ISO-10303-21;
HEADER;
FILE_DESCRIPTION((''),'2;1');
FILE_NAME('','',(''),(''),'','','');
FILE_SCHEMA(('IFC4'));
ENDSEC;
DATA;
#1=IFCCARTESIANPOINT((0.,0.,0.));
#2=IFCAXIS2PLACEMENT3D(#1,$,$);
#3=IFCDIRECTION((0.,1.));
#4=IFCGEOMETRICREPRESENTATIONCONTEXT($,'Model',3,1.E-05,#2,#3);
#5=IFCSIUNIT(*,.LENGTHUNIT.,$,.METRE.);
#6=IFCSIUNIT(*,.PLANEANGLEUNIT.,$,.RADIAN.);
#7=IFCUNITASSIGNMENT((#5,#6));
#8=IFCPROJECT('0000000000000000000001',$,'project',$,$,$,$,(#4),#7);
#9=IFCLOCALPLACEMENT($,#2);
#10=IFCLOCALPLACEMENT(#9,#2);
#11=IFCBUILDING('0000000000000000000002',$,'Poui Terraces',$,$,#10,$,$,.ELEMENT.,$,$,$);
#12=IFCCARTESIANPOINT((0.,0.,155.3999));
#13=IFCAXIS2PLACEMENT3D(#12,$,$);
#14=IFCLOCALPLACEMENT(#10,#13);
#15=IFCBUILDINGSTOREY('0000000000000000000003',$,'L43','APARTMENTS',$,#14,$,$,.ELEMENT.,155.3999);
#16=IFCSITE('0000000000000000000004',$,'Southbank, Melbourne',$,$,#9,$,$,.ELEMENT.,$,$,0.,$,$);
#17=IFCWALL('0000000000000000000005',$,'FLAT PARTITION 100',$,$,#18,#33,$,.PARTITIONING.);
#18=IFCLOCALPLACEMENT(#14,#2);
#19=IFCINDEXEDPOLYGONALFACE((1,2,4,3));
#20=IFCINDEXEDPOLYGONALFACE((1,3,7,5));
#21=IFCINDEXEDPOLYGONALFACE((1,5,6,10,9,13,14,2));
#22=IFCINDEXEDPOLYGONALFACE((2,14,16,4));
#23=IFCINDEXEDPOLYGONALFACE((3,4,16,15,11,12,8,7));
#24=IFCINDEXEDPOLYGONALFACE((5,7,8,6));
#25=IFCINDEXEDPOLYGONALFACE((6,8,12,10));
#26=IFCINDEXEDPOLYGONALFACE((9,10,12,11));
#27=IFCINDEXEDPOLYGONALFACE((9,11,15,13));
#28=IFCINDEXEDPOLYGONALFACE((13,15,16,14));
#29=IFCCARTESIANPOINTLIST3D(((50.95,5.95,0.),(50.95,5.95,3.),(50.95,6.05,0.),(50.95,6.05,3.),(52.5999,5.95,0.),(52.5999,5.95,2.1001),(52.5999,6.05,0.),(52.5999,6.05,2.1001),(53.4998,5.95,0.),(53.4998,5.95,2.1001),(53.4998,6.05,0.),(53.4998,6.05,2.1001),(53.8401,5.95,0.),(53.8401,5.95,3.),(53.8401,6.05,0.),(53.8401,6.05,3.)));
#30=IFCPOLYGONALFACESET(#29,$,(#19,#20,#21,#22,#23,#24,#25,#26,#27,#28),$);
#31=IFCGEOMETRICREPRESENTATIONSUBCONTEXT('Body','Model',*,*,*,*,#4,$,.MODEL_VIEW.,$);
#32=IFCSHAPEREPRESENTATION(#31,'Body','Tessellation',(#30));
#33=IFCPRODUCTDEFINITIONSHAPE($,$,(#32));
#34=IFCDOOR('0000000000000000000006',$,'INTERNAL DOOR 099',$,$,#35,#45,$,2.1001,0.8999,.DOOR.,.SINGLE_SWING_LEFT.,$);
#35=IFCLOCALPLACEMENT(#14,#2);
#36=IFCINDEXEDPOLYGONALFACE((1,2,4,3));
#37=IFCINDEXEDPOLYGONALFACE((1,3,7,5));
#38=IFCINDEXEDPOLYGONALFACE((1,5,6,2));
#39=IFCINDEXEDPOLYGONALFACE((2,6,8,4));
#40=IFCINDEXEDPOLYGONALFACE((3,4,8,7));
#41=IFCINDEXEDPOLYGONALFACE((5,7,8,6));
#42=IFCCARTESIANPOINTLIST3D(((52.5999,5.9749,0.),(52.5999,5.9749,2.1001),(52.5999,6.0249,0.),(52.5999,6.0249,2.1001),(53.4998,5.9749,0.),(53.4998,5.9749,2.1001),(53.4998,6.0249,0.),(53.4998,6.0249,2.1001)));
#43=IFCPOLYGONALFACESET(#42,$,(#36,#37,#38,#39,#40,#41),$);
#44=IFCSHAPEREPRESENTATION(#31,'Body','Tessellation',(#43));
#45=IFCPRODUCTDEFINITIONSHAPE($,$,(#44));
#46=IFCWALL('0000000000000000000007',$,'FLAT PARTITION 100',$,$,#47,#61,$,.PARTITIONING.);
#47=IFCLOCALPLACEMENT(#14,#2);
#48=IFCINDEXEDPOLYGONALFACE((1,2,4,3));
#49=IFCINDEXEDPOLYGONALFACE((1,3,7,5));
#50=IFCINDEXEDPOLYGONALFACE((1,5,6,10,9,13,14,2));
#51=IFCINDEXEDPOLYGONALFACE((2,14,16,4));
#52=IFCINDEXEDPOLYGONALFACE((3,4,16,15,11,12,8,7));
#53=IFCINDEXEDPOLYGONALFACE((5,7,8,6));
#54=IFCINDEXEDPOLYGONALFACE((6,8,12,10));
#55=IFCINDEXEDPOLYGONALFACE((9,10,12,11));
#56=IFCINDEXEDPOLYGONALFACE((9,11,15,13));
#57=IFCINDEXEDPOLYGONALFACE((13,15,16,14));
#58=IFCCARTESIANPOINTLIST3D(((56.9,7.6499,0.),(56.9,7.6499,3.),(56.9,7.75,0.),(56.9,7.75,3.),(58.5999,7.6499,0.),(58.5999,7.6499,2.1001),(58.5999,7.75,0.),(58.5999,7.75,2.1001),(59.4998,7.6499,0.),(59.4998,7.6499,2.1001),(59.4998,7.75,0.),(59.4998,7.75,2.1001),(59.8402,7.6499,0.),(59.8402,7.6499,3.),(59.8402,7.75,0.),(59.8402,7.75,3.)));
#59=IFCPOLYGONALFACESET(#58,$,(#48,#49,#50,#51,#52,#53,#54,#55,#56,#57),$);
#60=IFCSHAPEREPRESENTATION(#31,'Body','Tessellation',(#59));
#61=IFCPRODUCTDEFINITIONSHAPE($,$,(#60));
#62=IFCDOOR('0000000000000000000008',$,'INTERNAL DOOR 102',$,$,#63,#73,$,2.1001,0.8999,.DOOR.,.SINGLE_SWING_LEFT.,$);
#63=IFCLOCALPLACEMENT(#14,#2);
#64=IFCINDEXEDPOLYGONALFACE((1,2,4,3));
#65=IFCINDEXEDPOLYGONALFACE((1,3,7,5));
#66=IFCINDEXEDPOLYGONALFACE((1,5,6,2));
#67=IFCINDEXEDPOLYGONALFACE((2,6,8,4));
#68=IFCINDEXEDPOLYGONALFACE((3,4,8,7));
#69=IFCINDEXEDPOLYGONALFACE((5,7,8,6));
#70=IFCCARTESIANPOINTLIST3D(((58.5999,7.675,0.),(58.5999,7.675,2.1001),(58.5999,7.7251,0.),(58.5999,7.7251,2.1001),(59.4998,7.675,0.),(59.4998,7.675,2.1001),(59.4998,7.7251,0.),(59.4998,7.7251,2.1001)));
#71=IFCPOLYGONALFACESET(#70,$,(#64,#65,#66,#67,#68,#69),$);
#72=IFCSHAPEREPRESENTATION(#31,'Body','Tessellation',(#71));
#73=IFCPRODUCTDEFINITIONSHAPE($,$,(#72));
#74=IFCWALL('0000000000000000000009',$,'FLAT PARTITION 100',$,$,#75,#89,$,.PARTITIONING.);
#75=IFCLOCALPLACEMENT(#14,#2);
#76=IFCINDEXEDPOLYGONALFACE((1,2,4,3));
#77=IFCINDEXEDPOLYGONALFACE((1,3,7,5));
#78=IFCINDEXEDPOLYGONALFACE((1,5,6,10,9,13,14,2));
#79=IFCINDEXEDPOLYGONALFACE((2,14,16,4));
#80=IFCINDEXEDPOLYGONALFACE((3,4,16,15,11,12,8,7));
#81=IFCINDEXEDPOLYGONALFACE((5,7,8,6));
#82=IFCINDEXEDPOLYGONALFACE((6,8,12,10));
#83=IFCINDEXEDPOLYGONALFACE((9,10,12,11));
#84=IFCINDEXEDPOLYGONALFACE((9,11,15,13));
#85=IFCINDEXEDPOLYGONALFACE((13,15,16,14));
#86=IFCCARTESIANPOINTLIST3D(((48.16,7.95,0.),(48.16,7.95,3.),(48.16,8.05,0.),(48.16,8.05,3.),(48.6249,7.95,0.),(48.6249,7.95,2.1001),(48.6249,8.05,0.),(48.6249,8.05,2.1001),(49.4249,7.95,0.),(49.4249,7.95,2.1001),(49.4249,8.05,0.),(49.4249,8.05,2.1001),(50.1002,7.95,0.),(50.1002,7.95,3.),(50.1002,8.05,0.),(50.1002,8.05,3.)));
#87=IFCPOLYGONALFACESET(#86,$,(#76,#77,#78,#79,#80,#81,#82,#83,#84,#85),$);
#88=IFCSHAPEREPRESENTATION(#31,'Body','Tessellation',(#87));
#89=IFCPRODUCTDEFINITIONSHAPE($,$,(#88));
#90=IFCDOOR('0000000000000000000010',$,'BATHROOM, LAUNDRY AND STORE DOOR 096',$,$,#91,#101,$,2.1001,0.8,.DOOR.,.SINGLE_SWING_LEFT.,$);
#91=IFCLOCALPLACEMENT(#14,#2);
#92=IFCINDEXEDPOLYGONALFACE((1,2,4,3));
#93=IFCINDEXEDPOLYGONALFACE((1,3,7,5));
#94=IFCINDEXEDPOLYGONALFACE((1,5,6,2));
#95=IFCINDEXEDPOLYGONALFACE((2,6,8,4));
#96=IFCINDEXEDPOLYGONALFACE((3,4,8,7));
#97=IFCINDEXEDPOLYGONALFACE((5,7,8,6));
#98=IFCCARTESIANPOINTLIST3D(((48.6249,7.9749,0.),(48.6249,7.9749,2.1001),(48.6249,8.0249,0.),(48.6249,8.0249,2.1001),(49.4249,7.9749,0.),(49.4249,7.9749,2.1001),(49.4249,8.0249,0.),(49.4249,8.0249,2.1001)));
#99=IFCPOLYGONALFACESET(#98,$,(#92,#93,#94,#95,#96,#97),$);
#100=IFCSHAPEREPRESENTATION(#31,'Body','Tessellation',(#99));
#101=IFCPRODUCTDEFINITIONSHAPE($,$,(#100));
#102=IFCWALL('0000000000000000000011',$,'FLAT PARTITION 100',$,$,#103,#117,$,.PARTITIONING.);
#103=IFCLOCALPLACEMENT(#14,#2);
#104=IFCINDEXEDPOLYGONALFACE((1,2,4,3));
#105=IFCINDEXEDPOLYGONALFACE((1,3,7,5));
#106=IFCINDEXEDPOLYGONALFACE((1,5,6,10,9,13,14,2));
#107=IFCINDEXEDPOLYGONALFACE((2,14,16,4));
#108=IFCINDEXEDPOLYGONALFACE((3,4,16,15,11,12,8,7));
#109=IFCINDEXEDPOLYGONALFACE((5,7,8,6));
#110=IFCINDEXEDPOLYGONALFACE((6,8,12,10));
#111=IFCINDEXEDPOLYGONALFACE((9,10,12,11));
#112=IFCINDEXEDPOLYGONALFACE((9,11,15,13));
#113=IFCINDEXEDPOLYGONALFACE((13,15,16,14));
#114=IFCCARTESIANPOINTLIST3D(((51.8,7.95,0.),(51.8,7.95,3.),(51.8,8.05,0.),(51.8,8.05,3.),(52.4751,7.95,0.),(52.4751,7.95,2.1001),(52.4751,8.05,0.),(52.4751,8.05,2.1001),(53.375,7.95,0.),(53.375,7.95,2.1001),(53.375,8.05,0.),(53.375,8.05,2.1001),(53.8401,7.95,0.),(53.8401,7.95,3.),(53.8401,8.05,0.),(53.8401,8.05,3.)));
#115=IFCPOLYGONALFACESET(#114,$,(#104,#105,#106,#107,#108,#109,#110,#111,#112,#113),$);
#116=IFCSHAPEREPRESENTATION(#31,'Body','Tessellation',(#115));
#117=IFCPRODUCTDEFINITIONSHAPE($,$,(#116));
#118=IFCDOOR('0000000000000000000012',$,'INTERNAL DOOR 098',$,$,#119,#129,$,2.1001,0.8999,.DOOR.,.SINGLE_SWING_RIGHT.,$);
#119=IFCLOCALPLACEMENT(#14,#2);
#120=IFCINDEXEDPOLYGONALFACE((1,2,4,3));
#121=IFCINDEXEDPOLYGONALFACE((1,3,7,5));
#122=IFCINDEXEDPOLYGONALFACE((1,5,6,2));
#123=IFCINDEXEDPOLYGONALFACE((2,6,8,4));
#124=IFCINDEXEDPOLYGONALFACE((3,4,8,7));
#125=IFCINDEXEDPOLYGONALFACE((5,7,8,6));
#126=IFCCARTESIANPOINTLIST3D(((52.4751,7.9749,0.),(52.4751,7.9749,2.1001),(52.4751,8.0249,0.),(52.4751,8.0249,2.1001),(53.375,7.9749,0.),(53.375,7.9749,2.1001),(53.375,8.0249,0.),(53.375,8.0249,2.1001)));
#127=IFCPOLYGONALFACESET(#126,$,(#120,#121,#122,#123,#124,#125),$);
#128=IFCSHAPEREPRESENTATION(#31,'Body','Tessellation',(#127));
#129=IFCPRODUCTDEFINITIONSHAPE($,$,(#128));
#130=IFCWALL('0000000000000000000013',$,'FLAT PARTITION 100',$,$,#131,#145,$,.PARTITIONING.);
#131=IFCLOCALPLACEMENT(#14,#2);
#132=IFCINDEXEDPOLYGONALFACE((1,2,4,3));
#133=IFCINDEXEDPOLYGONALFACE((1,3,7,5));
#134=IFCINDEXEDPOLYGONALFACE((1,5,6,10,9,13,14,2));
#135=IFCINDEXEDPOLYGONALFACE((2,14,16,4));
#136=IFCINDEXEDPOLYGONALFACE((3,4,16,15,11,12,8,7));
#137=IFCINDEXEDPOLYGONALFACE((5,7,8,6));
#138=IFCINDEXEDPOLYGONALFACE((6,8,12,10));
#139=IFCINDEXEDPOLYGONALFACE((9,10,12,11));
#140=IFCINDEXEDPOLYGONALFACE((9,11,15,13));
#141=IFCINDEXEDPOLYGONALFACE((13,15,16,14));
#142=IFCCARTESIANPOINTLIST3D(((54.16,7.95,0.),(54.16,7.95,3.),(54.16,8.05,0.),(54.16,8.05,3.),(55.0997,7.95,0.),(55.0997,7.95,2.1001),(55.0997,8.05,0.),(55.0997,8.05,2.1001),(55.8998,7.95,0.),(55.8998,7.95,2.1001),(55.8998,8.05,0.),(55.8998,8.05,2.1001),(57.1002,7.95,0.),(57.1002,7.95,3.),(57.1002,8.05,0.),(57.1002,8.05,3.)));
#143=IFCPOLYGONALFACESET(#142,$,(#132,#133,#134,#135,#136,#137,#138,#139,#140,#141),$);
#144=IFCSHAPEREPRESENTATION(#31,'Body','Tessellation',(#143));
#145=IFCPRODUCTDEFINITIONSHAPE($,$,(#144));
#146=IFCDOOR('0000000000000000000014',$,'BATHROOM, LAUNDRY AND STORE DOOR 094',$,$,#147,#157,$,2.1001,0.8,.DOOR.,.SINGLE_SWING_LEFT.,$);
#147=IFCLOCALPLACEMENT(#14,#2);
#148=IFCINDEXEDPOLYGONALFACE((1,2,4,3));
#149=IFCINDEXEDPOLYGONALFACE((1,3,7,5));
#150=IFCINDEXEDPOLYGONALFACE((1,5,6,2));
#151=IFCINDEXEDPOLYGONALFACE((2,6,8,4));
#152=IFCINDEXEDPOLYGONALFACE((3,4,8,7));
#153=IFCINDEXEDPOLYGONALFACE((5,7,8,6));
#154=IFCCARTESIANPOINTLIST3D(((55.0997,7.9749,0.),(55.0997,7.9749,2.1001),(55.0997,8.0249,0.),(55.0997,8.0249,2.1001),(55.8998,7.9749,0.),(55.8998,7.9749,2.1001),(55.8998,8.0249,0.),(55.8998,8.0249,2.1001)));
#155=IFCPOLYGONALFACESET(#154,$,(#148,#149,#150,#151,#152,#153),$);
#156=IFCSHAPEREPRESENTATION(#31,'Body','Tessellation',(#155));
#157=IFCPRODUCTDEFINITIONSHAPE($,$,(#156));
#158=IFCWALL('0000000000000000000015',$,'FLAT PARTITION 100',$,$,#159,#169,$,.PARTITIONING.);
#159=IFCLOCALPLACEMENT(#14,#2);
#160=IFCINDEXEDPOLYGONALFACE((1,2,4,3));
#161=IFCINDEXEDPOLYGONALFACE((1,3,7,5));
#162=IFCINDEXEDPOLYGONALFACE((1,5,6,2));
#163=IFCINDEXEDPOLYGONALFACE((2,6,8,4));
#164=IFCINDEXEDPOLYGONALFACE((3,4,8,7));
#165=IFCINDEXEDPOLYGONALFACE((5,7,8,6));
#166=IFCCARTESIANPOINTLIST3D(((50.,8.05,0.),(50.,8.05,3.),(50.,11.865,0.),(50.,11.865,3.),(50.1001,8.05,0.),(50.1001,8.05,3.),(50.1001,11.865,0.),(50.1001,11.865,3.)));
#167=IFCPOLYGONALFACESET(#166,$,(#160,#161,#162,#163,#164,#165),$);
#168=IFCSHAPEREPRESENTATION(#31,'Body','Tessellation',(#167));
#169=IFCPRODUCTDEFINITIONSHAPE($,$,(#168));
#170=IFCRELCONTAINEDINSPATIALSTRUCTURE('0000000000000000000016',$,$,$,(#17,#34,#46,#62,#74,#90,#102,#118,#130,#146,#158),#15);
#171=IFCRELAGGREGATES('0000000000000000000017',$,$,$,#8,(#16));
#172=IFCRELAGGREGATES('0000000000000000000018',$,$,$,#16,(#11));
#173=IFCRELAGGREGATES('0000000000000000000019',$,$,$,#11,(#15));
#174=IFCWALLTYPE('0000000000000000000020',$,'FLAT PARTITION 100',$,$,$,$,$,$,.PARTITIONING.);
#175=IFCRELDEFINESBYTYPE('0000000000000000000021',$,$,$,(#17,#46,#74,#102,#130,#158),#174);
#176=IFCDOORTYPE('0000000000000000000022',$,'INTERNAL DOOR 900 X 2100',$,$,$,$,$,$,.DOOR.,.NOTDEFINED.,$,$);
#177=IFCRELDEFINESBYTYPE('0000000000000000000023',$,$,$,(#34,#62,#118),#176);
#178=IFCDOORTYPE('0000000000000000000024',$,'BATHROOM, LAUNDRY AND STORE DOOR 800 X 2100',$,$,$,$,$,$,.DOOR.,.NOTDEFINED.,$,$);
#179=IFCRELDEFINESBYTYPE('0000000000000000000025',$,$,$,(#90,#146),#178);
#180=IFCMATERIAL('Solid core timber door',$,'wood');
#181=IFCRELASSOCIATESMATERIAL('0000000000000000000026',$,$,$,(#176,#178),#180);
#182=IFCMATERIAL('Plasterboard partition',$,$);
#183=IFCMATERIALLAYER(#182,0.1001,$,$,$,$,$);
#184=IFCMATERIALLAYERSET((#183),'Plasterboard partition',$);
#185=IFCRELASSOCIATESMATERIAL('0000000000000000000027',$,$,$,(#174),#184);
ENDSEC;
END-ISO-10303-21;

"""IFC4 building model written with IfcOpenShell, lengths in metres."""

from ifc_helpers import new_model, si_unit, direction, frame, frame_2d, origin, place, context, subcontext, project, spatial, rectangle, extrude, material, layer, layer_set, type_object, element, fill, save


model = new_model("IFC4")

# Units and contexts
model_context = context("Model", 3, precision=1e-05, world=origin(), true_north=direction((0.0, 1.0)))
body_context = subcontext(model_context, "Body", "Model", "MODEL_VIEW")
ifc_project = project(units=[si_unit("LENGTHUNIT", "METRE"), si_unit("PLANEANGLEUNIT", "RADIAN")], contexts=[model_context])

# Site, building, storey
site_placement = place(None, origin())
site = spatial("IfcSite", under=ifc_project, at=site_placement, Name="Southbank, Melbourne", CompositionType="ELEMENT", RefElevation=0.0)
building_placement = place(site_placement, origin())
building = spatial("IfcBuilding", under=site, at=building_placement, Name="Poui Terraces", CompositionType="ELEMENT")
storey_placement = place(building_placement, frame((0.0, 0.0, 155.3999)))
storey = spatial("IfcBuildingStorey", under=building, at=storey_placement, Name="L43", Description="APARTMENTS", CompositionType="ELEMENT", Elevation=155.3999)

# Walls, openings, doors
ifc_material_1 = material(Name="Solid core timber door", Category="wood")
door_type_1 = type_object("IfcDoorType", Name="INTERNAL DOOR 900 X 2100", OperationType="NOTDEFINED", PredefinedType="DOOR", material=ifc_material_1)
ifc_material_2 = material(Name="Plasterboard partition")
ifc_layer_1 = layer(ifc_material_2, 0.1001)
ifc_layer_set_1 = layer_set([ifc_layer_1], Name="Plasterboard partition")
wall_type_1 = type_object("IfcWallType", Name="FLAT PARTITION 100", PredefinedType="PARTITIONING", material=ifc_layer_set_1)
wall_1_placement = place(storey_placement, frame((50.95, 6.0, 0.0), z_axis=(0.0, 0.0, 1.0), x_axis=(1.0, 0.0, 0.0)))
wall_1 = element("IfcWall", 1, at=wall_1_placement, inside=storey, type_object=wall_type_1, Name="FLAT PARTITION 100", PredefinedType="PARTITIONING", context=body_context, shape_type="SweptSolid", body=[
    extrude(rectangle(XDim=2.8901, YDim=0.1001, at=frame_2d((1.4451, 0.0))), origin(), (0.0, 0.0, 1.0), 3.0),
])
opening_1_placement = place(wall_1_placement, frame((1.6499, 0.0, 0.0)))
opening_1 = element("IfcOpeningElement", 2, at=opening_1_placement, cuts=wall_1, PredefinedType="OPENING", context=body_context, shape_type="SweptSolid", body=[
    extrude(rectangle(XDim=0.8999, YDim=2.1001, at=frame_2d((0.45, 1.05))), frame((0.0, 0.0601, 0.0), z_axis=(0.0, -1.0, 0.0), x_axis=(1.0, 0.0, 0.0)), (0.0, 0.0, 1.0), 0.1201),
])
door_1_placement = place(opening_1_placement, origin())
door_1 = element("IfcDoor", 3, at=door_1_placement, inside=storey, type_object=door_type_1, Name="INTERNAL DOOR 099", OperationType="SINGLE_SWING_LEFT", OverallHeight=2.1001, OverallWidth=0.8999, PredefinedType="DOOR", context=body_context, shape_type="SweptSolid", body=[
    extrude(rectangle(XDim=0.8999, YDim=2.1001, at=frame_2d((0.45, 1.05))), frame((0.0, 0.0249, 0.0), z_axis=(0.0, -1.0, 0.0), x_axis=(1.0, 0.0, 0.0)), (0.0, 0.0, 1.0), 0.05),
])
fill(opening_1, door_1)
wall_2_placement = place(storey_placement, frame((56.8999, 7.7, 0.0), z_axis=(0.0, 0.0, 1.0), x_axis=(1.0, 0.0, 0.0)))
wall_2 = element("IfcWall", 4, at=wall_2_placement, inside=storey, type_object=wall_type_1, Name="FLAT PARTITION 100", PredefinedType="PARTITIONING", context=body_context, shape_type="SweptSolid", body=[
    extrude(rectangle(XDim=2.9402, YDim=0.1001, at=frame_2d((1.4702, 0.0))), origin(), (0.0, 0.0, 1.0), 3.0),
])
opening_2_placement = place(wall_2_placement, frame((1.7, 0.0, 0.0)))
opening_2 = element("IfcOpeningElement", 5, at=opening_2_placement, cuts=wall_2, PredefinedType="OPENING", context=body_context, shape_type="SweptSolid", body=[
    extrude(rectangle(XDim=0.8999, YDim=2.1001, at=frame_2d((0.45, 1.05))), frame((0.0, 0.0601, 0.0), z_axis=(0.0, -1.0, 0.0), x_axis=(1.0, 0.0, 0.0)), (0.0, 0.0, 1.0), 0.1201),
])
door_2_placement = place(opening_2_placement, frame((0.8999, 0.0, 0.0), z_axis=(0.0, 0.0, 1.0), x_axis=(-1.0, 0.0, 0.0)))
door_2 = element("IfcDoor", 6, at=door_2_placement, inside=storey, type_object=door_type_1, Name="INTERNAL DOOR 102", OperationType="SINGLE_SWING_LEFT", OverallHeight=2.1001, OverallWidth=0.8999, PredefinedType="DOOR", context=body_context, shape_type="SweptSolid", body=[
    extrude(rectangle(XDim=0.8999, YDim=2.1001, at=frame_2d((0.45, 1.05))), frame((0.0, 0.0249, 0.0), z_axis=(0.0, -1.0, 0.0), x_axis=(1.0, 0.0, 0.0)), (0.0, 0.0, 1.0), 0.05),
])
fill(opening_2, door_2)
wall_3_placement = place(storey_placement, frame((48.1599, 8.0, 0.0), z_axis=(0.0, 0.0, 1.0), x_axis=(1.0, 0.0, 0.0)))
wall_3 = element("IfcWall", 7, at=wall_3_placement, inside=storey, type_object=wall_type_1, Name="FLAT PARTITION 100", PredefinedType="PARTITIONING", context=body_context, shape_type="SweptSolid", body=[
    extrude(rectangle(XDim=1.9402, YDim=0.1001, at=frame_2d((0.9702, 0.0))), origin(), (0.0, 0.0, 1.0), 3.0),
])
opening_3_placement = place(wall_3_placement, frame((0.4651, 0.0, 0.0)))
opening_3 = element("IfcOpeningElement", 8, at=opening_3_placement, cuts=wall_3, PredefinedType="OPENING", context=body_context, shape_type="SweptSolid", body=[
    extrude(rectangle(XDim=0.8, YDim=2.1001, at=frame_2d((0.3999, 1.05))), frame((0.0, 0.0601, 0.0), z_axis=(0.0, -1.0, 0.0), x_axis=(1.0, 0.0, 0.0)), (0.0, 0.0, 1.0), 0.1201),
])
door_type_2 = type_object("IfcDoorType", Name="BATHROOM, LAUNDRY AND STORE DOOR 800 X 2100", OperationType="NOTDEFINED", PredefinedType="DOOR", material=ifc_material_1)
door_3_placement = place(opening_3_placement, origin())
door_3 = element("IfcDoor", 9, at=door_3_placement, inside=storey, type_object=door_type_2, Name="BATHROOM, LAUNDRY AND STORE DOOR 096", OperationType="SINGLE_SWING_LEFT", OverallHeight=2.1001, OverallWidth=0.8, PredefinedType="DOOR", context=body_context, shape_type="SweptSolid", body=[
    extrude(rectangle(XDim=0.8, YDim=2.1001, at=frame_2d((0.3999, 1.05))), frame((0.0, 0.0249, 0.0), z_axis=(0.0, -1.0, 0.0), x_axis=(1.0, 0.0, 0.0)), (0.0, 0.0, 1.0), 0.05),
])
fill(opening_3, door_3)
wall_4_placement = place(storey_placement, frame((51.8, 8.0, 0.0), z_axis=(0.0, 0.0, 1.0), x_axis=(1.0, 0.0, 0.0)))
wall_4 = element("IfcWall", 10, at=wall_4_placement, inside=storey, type_object=wall_type_1, Name="FLAT PARTITION 100", PredefinedType="PARTITIONING", context=body_context, shape_type="SweptSolid", body=[
    extrude(rectangle(XDim=2.04, YDim=0.1001, at=frame_2d((1.02, 0.0))), origin(), (0.0, 0.0, 1.0), 3.0),
])
opening_4_placement = place(wall_4_placement, frame((0.675, 0.0, 0.0)))
opening_4 = element("IfcOpeningElement", 11, at=opening_4_placement, cuts=wall_4, PredefinedType="OPENING", context=body_context, shape_type="SweptSolid", body=[
    extrude(rectangle(XDim=0.8999, YDim=2.1001, at=frame_2d((0.45, 1.05))), frame((0.0, 0.0601, 0.0), z_axis=(0.0, -1.0, 0.0), x_axis=(1.0, 0.0, 0.0)), (0.0, 0.0, 1.0), 0.1201),
])
door_4_placement = place(opening_4_placement, origin())
door_4 = element("IfcDoor", 12, at=door_4_placement, inside=storey, type_object=door_type_1, Name="INTERNAL DOOR 098", OperationType="SINGLE_SWING_RIGHT", OverallHeight=2.1001, OverallWidth=0.8999, PredefinedType="DOOR", context=body_context, shape_type="SweptSolid", body=[
    extrude(rectangle(XDim=0.8999, YDim=2.1001, at=frame_2d((0.45, 1.05))), frame((0.0, 0.0249, 0.0), z_axis=(0.0, -1.0, 0.0), x_axis=(1.0, 0.0, 0.0)), (0.0, 0.0, 1.0), 0.05),
])
fill(opening_4, door_4)
wall_5_placement = place(storey_placement, frame((54.1599, 8.0, 0.0), z_axis=(0.0, 0.0, 1.0), x_axis=(1.0, 0.0, 0.0)))
wall_5 = element("IfcWall", 13, at=wall_5_placement, inside=storey, type_object=wall_type_1, Name="FLAT PARTITION 100", PredefinedType="PARTITIONING", context=body_context, shape_type="SweptSolid", body=[
    extrude(rectangle(XDim=2.9402, YDim=0.1001, at=frame_2d((1.4702, 0.0))), origin(), (0.0, 0.0, 1.0), 3.0),
])
opening_5_placement = place(wall_5_placement, frame((0.9399, 0.0, 0.0)))
opening_5 = element("IfcOpeningElement", 14, at=opening_5_placement, cuts=wall_5, PredefinedType="OPENING", context=body_context, shape_type="SweptSolid", body=[
    extrude(rectangle(XDim=0.8, YDim=2.1001, at=frame_2d((0.3999, 1.05))), frame((0.0, 0.0601, 0.0), z_axis=(0.0, -1.0, 0.0), x_axis=(1.0, 0.0, 0.0)), (0.0, 0.0, 1.0), 0.1201),
])
door_5_placement = place(opening_5_placement, origin())
door_5 = element("IfcDoor", 15, at=door_5_placement, inside=storey, type_object=door_type_2, Name="BATHROOM, LAUNDRY AND STORE DOOR 094", OperationType="SINGLE_SWING_LEFT", OverallHeight=2.1001, OverallWidth=0.8, PredefinedType="DOOR", context=body_context, shape_type="SweptSolid", body=[
    extrude(rectangle(XDim=0.8, YDim=2.1001, at=frame_2d((0.3999, 1.05))), frame((0.0, 0.0249, 0.0), z_axis=(0.0, -1.0, 0.0), x_axis=(1.0, 0.0, 0.0)), (0.0, 0.0, 1.0), 0.05),
])
fill(opening_5, door_5)

# Wall
wall_6_placement = place(storey_placement, frame((50.05, 8.05, 0.0), z_axis=(0.0, 0.0, 1.0), x_axis=(0.0, 1.0, 0.0)))
element("IfcWall", 16, at=wall_6_placement, inside=storey, type_object=wall_type_1, Name="FLAT PARTITION 100", PredefinedType="PARTITIONING", context=body_context, shape_type="SweptSolid", body=[
    extrude(rectangle(XDim=3.8149, YDim=0.1001, at=frame_2d((1.9075, 0.0))), origin(), (0.0, 0.0, 1.0), 3.0),
])

save(model, "model.ifc")
